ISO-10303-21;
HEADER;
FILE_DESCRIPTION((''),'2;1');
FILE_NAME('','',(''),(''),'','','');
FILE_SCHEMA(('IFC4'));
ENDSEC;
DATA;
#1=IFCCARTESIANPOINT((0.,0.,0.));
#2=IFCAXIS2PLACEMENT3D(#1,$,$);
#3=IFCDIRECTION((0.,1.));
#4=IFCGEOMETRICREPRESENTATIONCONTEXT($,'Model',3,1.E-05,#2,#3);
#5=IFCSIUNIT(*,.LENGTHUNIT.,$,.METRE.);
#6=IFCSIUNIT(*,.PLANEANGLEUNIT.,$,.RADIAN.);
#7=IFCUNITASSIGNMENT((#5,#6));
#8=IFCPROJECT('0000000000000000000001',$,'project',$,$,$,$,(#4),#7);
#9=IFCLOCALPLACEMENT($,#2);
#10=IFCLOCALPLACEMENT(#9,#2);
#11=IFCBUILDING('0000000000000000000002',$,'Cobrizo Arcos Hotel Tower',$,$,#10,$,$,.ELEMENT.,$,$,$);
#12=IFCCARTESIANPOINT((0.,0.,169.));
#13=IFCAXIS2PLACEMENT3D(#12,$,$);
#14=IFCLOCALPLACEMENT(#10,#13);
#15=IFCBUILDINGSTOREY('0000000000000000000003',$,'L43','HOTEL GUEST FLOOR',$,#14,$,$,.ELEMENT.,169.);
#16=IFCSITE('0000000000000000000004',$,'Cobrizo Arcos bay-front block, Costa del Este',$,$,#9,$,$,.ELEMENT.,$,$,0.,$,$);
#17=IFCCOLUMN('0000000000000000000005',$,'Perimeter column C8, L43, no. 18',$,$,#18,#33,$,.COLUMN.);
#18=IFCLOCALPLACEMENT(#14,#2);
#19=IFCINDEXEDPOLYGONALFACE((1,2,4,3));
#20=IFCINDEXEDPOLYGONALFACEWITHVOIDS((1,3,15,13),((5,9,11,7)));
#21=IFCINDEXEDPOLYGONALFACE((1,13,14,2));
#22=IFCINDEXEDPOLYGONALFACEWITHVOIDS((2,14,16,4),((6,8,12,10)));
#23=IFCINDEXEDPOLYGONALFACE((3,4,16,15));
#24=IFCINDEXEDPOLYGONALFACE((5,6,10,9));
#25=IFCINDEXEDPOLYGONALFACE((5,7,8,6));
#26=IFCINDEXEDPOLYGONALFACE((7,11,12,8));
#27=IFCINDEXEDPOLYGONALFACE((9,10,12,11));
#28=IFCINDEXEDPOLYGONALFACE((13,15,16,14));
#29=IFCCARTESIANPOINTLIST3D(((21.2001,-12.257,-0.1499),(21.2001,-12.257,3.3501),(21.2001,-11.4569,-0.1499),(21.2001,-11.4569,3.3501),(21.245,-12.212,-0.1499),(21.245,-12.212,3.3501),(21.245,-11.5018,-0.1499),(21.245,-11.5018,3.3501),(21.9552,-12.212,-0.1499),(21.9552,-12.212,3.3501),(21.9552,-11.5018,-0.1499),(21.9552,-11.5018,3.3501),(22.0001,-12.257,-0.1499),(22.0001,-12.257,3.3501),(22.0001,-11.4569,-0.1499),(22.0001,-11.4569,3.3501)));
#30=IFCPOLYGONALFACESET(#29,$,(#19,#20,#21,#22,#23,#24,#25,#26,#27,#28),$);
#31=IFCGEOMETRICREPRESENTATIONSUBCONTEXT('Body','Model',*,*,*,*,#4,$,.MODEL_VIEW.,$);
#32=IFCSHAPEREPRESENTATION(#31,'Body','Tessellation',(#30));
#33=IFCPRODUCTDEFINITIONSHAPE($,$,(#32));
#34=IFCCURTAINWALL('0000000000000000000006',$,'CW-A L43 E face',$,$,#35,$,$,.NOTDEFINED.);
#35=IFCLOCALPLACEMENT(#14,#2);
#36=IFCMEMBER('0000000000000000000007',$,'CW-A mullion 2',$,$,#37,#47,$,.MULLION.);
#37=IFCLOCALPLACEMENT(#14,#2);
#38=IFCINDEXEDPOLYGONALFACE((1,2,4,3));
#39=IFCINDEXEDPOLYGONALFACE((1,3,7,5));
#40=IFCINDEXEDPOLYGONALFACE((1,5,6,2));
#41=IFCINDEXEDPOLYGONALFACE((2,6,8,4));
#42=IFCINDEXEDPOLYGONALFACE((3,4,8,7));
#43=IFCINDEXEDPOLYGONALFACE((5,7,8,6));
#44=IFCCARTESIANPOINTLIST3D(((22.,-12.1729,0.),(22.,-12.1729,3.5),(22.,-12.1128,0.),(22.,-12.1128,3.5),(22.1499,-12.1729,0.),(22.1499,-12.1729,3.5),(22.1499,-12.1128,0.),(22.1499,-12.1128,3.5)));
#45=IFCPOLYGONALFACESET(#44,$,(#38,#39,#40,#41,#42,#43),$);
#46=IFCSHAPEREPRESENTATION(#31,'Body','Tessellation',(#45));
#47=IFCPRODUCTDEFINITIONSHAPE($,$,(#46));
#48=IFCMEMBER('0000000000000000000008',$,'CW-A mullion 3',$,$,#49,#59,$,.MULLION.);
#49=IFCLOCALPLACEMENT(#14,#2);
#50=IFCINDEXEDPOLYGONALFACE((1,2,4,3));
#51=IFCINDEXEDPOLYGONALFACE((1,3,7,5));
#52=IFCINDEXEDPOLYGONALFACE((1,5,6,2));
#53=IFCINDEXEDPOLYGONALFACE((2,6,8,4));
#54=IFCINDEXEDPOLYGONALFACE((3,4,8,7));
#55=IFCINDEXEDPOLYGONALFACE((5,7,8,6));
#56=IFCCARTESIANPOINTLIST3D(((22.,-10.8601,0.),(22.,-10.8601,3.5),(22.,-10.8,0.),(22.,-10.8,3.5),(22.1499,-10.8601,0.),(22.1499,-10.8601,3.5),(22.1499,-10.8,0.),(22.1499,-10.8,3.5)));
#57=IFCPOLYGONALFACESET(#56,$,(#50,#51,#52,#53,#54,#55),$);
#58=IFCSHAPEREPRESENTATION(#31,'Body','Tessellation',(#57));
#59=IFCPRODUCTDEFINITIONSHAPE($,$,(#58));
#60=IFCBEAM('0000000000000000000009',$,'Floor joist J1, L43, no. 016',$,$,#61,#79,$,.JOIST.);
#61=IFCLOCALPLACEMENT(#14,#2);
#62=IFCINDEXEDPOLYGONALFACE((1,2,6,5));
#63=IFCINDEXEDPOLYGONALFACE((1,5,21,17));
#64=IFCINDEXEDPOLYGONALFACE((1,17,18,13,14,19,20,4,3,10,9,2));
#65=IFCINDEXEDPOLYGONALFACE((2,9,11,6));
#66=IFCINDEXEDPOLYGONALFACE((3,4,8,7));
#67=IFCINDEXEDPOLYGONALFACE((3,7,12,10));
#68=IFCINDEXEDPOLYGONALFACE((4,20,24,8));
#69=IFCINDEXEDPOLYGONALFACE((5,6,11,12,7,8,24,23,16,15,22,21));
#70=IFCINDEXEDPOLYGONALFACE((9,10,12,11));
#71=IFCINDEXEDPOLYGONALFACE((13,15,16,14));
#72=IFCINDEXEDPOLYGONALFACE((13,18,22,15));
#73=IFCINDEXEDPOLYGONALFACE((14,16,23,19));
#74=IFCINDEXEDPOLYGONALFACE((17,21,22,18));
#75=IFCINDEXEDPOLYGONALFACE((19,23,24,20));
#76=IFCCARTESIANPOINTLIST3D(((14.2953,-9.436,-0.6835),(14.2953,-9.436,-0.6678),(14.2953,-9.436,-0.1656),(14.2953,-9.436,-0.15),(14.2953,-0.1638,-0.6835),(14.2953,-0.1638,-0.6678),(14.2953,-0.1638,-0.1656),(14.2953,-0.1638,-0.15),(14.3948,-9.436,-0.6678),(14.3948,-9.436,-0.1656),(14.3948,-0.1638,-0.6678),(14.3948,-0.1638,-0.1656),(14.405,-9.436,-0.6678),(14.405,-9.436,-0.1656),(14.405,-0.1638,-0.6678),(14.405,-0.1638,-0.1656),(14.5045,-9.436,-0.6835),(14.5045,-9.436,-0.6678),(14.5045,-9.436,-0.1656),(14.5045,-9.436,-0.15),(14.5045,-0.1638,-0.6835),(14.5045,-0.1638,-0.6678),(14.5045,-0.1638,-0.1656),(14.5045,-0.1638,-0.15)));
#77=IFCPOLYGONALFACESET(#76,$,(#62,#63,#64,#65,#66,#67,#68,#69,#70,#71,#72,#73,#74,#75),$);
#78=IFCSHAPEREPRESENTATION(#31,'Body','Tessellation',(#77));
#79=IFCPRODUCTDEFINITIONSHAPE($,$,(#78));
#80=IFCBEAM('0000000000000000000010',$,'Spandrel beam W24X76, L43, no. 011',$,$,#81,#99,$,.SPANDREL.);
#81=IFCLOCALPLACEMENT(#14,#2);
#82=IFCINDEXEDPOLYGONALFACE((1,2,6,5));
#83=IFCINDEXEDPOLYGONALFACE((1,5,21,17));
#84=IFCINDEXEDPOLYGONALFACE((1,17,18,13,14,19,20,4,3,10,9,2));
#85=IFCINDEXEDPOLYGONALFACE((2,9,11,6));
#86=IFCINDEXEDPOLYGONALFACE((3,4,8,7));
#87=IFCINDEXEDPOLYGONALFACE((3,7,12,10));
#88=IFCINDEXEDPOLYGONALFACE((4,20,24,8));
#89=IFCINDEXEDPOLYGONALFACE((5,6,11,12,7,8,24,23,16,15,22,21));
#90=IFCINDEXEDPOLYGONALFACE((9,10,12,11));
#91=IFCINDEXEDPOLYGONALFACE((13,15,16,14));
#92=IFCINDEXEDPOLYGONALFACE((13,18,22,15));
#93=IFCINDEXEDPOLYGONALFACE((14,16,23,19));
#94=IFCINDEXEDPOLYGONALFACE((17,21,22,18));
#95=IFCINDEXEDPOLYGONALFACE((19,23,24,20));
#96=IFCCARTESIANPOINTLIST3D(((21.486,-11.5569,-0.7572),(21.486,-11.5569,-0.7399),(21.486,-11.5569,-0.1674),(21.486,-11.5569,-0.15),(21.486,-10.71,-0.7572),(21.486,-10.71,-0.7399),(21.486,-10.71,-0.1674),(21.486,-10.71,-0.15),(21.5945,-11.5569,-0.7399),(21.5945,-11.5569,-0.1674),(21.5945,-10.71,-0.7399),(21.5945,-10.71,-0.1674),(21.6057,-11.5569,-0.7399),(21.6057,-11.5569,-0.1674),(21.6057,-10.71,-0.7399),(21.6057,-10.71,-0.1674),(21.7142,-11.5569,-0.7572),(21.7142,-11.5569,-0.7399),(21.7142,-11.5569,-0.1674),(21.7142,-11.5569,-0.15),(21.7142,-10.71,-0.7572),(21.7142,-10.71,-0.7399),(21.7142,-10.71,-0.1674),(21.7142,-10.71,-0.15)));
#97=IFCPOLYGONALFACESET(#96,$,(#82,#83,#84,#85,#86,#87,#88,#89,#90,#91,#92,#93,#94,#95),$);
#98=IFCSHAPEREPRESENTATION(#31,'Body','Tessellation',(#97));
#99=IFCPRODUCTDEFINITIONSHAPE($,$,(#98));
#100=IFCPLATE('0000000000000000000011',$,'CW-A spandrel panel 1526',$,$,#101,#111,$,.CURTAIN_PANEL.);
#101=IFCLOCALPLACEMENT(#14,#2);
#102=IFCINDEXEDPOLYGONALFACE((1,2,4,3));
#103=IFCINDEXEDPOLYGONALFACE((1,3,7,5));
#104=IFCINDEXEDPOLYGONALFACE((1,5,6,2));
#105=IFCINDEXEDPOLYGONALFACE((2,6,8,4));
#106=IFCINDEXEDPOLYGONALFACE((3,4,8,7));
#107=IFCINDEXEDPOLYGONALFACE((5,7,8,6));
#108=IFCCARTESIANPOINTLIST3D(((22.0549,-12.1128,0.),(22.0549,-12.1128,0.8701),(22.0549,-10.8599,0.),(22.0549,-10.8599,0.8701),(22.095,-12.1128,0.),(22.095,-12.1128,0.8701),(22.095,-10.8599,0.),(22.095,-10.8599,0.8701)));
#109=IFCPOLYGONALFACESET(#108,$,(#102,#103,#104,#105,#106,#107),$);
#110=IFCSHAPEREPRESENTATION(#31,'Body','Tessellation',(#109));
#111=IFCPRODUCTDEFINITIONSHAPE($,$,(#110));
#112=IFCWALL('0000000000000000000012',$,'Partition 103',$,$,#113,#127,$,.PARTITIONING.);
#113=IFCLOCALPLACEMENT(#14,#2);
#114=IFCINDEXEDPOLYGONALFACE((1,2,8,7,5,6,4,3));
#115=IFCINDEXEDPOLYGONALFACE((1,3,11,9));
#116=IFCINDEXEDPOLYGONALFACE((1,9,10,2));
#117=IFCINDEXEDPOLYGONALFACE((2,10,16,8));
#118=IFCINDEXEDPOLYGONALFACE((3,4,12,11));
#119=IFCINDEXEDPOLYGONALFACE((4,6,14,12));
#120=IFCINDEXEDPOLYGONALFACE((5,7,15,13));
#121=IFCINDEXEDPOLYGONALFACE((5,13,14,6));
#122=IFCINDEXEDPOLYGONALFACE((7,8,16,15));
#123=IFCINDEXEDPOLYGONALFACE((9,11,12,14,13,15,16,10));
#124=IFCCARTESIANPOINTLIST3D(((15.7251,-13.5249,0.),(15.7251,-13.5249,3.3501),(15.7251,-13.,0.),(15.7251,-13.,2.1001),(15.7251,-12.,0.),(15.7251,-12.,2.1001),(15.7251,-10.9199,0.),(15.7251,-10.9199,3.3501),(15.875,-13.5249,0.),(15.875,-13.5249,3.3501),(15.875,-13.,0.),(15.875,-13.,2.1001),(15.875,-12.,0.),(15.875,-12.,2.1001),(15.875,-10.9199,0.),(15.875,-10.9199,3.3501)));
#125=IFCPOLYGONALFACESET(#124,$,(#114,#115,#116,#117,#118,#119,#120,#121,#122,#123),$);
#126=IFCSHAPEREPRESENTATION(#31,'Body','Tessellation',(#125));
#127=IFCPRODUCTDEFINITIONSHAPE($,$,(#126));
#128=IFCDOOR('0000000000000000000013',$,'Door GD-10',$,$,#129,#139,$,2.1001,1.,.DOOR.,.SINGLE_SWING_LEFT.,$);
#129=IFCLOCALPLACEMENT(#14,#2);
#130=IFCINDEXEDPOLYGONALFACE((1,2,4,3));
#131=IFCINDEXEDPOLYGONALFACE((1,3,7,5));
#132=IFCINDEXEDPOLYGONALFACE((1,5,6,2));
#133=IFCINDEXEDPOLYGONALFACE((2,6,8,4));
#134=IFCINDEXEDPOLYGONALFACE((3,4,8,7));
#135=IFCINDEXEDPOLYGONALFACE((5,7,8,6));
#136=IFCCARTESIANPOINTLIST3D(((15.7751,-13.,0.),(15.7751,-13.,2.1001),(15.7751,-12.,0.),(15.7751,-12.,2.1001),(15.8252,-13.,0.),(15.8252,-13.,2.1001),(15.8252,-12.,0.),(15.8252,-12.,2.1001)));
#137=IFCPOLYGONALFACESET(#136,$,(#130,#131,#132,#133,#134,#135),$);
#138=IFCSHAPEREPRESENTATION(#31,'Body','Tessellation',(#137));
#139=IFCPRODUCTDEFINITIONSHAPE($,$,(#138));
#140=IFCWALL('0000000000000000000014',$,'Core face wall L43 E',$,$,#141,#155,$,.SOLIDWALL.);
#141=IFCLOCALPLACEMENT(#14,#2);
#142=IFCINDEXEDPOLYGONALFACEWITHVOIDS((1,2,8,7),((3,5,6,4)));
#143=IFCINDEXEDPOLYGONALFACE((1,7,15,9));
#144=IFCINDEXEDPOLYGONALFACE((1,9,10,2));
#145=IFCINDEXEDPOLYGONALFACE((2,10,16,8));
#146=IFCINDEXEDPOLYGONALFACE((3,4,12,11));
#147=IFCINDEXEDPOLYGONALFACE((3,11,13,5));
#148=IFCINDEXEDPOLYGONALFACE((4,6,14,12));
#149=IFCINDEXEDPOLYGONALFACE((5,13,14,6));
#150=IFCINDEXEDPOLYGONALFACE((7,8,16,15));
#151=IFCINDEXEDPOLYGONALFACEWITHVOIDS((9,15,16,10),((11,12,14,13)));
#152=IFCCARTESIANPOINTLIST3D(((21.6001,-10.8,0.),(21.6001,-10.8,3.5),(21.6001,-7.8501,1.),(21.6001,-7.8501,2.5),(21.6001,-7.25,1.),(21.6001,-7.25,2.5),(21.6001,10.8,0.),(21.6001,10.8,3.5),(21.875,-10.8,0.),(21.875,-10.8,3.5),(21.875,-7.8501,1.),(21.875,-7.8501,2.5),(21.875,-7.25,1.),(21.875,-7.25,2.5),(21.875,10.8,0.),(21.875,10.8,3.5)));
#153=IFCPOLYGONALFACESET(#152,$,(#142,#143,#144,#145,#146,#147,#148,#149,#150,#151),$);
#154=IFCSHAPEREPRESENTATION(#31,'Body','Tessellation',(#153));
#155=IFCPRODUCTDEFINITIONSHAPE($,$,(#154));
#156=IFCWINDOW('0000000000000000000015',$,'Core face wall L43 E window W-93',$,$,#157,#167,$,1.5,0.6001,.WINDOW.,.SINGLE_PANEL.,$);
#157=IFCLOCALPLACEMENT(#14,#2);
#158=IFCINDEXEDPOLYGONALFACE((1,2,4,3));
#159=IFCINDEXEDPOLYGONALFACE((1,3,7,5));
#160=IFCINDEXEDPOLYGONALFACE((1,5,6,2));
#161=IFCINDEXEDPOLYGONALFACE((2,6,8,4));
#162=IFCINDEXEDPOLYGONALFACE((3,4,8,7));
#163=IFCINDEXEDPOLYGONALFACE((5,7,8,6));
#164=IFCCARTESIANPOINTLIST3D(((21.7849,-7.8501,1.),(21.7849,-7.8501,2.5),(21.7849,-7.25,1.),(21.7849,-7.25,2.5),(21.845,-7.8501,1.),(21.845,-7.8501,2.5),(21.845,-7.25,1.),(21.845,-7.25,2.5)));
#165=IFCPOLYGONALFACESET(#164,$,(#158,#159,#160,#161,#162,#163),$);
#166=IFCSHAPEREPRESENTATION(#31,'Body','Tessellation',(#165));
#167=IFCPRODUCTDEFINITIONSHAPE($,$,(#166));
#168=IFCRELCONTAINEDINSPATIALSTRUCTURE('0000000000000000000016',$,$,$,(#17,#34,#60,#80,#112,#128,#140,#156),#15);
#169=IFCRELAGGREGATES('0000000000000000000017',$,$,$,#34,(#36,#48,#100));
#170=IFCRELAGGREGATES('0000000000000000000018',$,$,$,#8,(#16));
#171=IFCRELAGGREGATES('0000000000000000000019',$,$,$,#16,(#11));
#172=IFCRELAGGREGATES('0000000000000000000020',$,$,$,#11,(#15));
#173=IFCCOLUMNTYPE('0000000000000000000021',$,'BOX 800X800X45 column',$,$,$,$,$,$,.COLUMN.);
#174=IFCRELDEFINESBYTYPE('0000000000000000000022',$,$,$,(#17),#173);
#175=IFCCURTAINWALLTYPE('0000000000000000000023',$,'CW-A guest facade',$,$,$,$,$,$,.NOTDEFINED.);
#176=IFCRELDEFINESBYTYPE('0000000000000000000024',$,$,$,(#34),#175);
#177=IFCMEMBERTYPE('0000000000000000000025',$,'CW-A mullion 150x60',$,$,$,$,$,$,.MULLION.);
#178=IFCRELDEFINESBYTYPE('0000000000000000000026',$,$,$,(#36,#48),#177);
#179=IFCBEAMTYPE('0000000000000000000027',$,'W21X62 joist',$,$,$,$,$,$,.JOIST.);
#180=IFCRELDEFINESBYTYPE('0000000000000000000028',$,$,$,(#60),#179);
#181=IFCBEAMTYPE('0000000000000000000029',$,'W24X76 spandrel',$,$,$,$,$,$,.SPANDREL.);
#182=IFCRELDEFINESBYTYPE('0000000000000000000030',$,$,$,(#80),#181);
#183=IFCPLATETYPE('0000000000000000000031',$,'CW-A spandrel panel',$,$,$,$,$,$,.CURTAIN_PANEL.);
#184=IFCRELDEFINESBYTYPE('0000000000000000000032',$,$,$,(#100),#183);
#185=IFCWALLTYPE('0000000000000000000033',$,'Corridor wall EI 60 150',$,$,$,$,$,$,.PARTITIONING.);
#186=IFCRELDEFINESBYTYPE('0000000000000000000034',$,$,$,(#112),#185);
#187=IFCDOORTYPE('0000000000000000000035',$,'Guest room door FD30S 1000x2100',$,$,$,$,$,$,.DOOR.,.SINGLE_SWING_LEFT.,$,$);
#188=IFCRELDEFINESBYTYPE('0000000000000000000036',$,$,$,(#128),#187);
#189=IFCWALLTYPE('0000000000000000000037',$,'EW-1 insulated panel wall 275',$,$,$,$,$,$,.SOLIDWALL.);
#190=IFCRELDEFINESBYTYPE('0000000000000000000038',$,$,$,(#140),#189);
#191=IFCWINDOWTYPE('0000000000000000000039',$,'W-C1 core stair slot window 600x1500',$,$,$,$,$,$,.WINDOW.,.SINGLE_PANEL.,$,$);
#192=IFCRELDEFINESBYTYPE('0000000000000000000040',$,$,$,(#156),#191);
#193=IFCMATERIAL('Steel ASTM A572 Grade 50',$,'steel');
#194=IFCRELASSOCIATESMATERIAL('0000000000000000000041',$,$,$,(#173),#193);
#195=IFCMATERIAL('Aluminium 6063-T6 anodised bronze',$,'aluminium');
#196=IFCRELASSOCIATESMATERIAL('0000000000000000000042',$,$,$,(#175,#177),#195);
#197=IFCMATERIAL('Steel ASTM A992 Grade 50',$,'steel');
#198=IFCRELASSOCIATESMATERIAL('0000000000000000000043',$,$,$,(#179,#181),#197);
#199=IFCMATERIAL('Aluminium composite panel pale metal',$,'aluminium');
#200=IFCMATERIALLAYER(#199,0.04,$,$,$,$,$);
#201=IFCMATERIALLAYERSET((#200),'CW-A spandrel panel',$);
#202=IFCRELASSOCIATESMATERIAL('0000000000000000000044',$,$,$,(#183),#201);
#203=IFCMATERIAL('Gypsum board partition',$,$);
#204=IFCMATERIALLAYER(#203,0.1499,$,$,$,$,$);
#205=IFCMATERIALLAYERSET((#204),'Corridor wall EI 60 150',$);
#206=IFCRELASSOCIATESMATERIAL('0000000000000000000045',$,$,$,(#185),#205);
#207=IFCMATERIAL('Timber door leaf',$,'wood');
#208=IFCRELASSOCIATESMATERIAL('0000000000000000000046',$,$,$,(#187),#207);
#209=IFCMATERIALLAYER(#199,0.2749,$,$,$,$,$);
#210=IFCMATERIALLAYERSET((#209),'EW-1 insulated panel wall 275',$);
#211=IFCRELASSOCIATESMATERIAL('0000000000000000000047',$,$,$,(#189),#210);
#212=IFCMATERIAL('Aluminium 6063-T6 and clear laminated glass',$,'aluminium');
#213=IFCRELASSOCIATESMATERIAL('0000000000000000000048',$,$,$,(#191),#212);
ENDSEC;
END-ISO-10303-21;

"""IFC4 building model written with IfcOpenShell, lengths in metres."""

from ifc_helpers import new_model, si_unit, direction, frame, frame_2d, origin, origin_2d, place, context, subcontext, project, spatial, rectangle, hollow_rectangle, i_section, extrude, material, layer, layer_set, material_profile, profile_set, type_object, element, fill, aggregate, save


model = new_model("IFC4")

# Units and contexts
model_context = context("Model", 3, precision=1e-05, world=origin(), true_north=direction((0.0, 1.0)))
body_context = subcontext(model_context, "Body", "Model", "MODEL_VIEW")
ifc_project = project(units=[si_unit("LENGTHUNIT", "METRE"), si_unit("PLANEANGLEUNIT", "RADIAN")], contexts=[model_context])

# Site, building, storey
site_placement = place(None, origin())
site = spatial("IfcSite", under=ifc_project, at=site_placement, Name="Cobrizo Arcos bay-front block, Costa del Este", CompositionType="ELEMENT", RefElevation=0.0)
building_placement = place(site_placement, origin())
building = spatial("IfcBuilding", under=site, at=building_placement, Name="Cobrizo Arcos Hotel Tower", CompositionType="ELEMENT")
storey_placement = place(building_placement, frame((0.0, 0.0, 169.0)))
storey = spatial("IfcBuildingStorey", under=building, at=storey_placement, Name="L43", Description="HOTEL GUEST FLOOR", CompositionType="ELEMENT", Elevation=169.0)

# Column
ifc_material_1 = material(Name="Steel ASTM A572 Grade 50", Category="steel")
ifc_material_profile_1 = material_profile(ifc_material_1, hollow_rectangle(XDim=0.8, YDim=0.8, WallThickness=0.0449, at=origin_2d()), Name="BOX 800X800X45")
ifc_profile_set_1 = profile_set([ifc_material_profile_1], Name="Steel ASTM A572 Grade 50")
column_type = type_object("IfcColumnType", Name="BOX 800X800X45 column", PredefinedType="COLUMN", material=ifc_profile_set_1)
column_placement = place(storey_placement, frame((21.6001, -11.8569, -0.1499), z_axis=(0.0, 0.0, 1.0), x_axis=(1.0, 0.0, 0.0)))
element("IfcColumn", 1, at=column_placement, inside=storey, type_object=column_type, Name="Perimeter column C8, L43, no. 18", PredefinedType="COLUMN", context=body_context, shape_type="SweptSolid", body=[
    extrude(hollow_rectangle(XDim=0.8, YDim=0.8, WallThickness=0.0449, at=origin_2d()), origin(), (0.0, 0.0, 1.0), 3.5),
])

# Curtain wall, members
ifc_material_2 = material(Name="Aluminium 6063-T6 anodised bronze", Category="aluminium")
curtain_wall_type = type_object("IfcCurtainWallType", Name="CW-A guest facade", PredefinedType="NOTDEFINED", material=ifc_material_2)
curtain_wall_placement = place(storey_placement, origin())
curtain_wall = element("IfcCurtainWall", 2, at=curtain_wall_placement, inside=storey, type_object=curtain_wall_type, Name="CW-A L43 E face", PredefinedType="NOTDEFINED")
ifc_material_profile_2 = material_profile(ifc_material_2, rectangle(XDim=0.1499, YDim=0.0601, at=origin_2d()), Name="CW-A mullion 150x60")
ifc_profile_set_2 = profile_set([ifc_material_profile_2], Name="Aluminium 6063-T6 anodised bronze")
member_type = type_object("IfcMemberType", Name="CW-A mullion 150x60", PredefinedType="MULLION", material=ifc_profile_set_2)
member_1_placement = place(storey_placement, frame((22.075, -12.1428, 0.0), z_axis=(0.0, 0.0, 1.0), x_axis=(1.0, 0.0, 0.0)))
member_1 = element("IfcMember", 3, at=member_1_placement, type_object=member_type, Name="CW-A mullion 2", PredefinedType="MULLION", context=body_context, shape_type="SweptSolid", body=[
    extrude(rectangle(XDim=0.1499, YDim=0.0601, at=origin_2d()), origin(), (0.0, 0.0, 1.0), 3.5),
])
member_2_placement = place(storey_placement, frame((22.075, -10.8301, 0.0), z_axis=(0.0, 0.0, 1.0), x_axis=(1.0, 0.0, 0.0)))
member_2 = element("IfcMember", 4, at=member_2_placement, type_object=member_type, Name="CW-A mullion 3", PredefinedType="MULLION", context=body_context, shape_type="SweptSolid", body=[
    extrude(rectangle(XDim=0.1499, YDim=0.0601, at=origin_2d()), origin(), (0.0, 0.0, 1.0), 3.5),
])

# Beams
ifc_material_3 = material(Name="Steel ASTM A992 Grade 50", Category="steel")
ifc_material_profile_3 = material_profile(ifc_material_3, i_section(OverallWidth=0.2092, OverallDepth=0.5334, WebThickness=0.0103, FlangeThickness=0.0156, at=origin_2d()), Name="W21X62")
ifc_profile_set_3 = profile_set([ifc_material_profile_3], Name="Steel ASTM A992 Grade 50")
beam_type_1 = type_object("IfcBeamType", Name="W21X62 joist", PredefinedType="JOIST", material=ifc_profile_set_3)
beam_1_placement = place(storey_placement, frame((14.3999, -9.436, -0.4167), z_axis=(0.0, 1.0, 0.0), x_axis=(-1.0, 0.0, 0.0)))
element("IfcBeam", 5, at=beam_1_placement, inside=storey, type_object=beam_type_1, Name="Floor joist J1, L43, no. 016", PredefinedType="JOIST", context=body_context, shape_type="SweptSolid", body=[
    extrude(i_section(OverallWidth=0.2092, OverallDepth=0.5334, WebThickness=0.0103, FlangeThickness=0.0156, at=origin_2d()), origin(), (0.0, 0.0, 1.0), 9.2722),
])
ifc_material_profile_4 = material_profile(ifc_material_3, i_section(OverallWidth=0.2283, OverallDepth=0.6072, WebThickness=0.0112, FlangeThickness=0.0173, at=origin_2d()), Name="W24X76")
ifc_profile_set_4 = profile_set([ifc_material_profile_4], Name="Steel ASTM A992 Grade 50")
beam_type_2 = type_object("IfcBeamType", Name="W24X76 spandrel", PredefinedType="SPANDREL", material=ifc_profile_set_4)
beam_2_placement = place(storey_placement, frame((21.6001, -11.5569, -0.4536), z_axis=(0.0, 1.0, 0.0), x_axis=(-1.0, 0.0, 0.0)))
element("IfcBeam", 6, at=beam_2_placement, inside=storey, type_object=beam_type_2, Name="Spandrel beam W24X76, L43, no. 011", PredefinedType="SPANDREL", context=body_context, shape_type="SweptSolid", body=[
    extrude(i_section(OverallWidth=0.2283, OverallDepth=0.6072, WebThickness=0.0112, FlangeThickness=0.0173, at=origin_2d()), origin(), (0.0, 0.0, 1.0), 0.8469),
])

# Plate
ifc_material_4 = material(Name="Aluminium composite panel pale metal", Category="aluminium")
ifc_layer_1 = layer(ifc_material_4, 0.04)
ifc_layer_set_1 = layer_set([ifc_layer_1], Name="CW-A spandrel panel")
plate_type = type_object("IfcPlateType", Name="CW-A spandrel panel", PredefinedType="CURTAIN_PANEL", material=ifc_layer_set_1)
plate_placement = place(storey_placement, frame((22.075, -11.4863, 0.0), z_axis=(0.0, 0.0, 1.0), x_axis=(0.0, 1.0, 0.0)))
plate = element("IfcPlate", 7, at=plate_placement, type_object=plate_type, Name="CW-A spandrel panel 1526", PredefinedType="CURTAIN_PANEL", context=body_context, shape_type="SweptSolid", body=[
    extrude(rectangle(XDim=1.2529, YDim=0.04, at=origin_2d()), origin(), (0.0, 0.0, 1.0), 0.8701),
])
aggregate(curtain_wall, [member_1, member_2, plate])

# Wall, opening, door
ifc_material_5 = material(Name="Gypsum board partition")
ifc_layer_2 = layer(ifc_material_5, 0.1499)
ifc_layer_set_2 = layer_set([ifc_layer_2], Name="Corridor wall EI 60 150")
wall_type_1 = type_object("IfcWallType", Name="Corridor wall EI 60 150", PredefinedType="PARTITIONING", material=ifc_layer_set_2)
wall_1_placement = place(storey_placement, frame((15.8, -13.5249, 0.0), z_axis=(0.0, 0.0, 1.0), x_axis=(0.0, 1.0, 0.0)))
wall_1 = element("IfcWall", 8, at=wall_1_placement, inside=storey, type_object=wall_type_1, Name="Partition 103", PredefinedType="PARTITIONING", context=body_context, shape_type="SweptSolid", body=[
    extrude(rectangle(XDim=2.605, YDim=0.1499, at=frame_2d((1.3025, 0.0))), origin(), (0.0, 0.0, 1.0), 3.3501),
])
opening_1_placement = place(wall_1_placement, frame((0.5249, 0.0, 0.0)))
opening_1 = element("IfcOpeningElement", 9, at=opening_1_placement, cuts=wall_1, PredefinedType="OPENING", context=body_context, shape_type="SweptSolid", body=[
    extrude(rectangle(XDim=1.0, YDim=2.1001, at=frame_2d((0.5, 1.05))), frame((0.0, 0.0869, 0.0), z_axis=(0.0, -1.0, 0.0), x_axis=(1.0, 0.0, 0.0)), (0.0, 0.0, 1.0), 0.1738),
])
ifc_material_6 = material(Name="Timber door leaf", Category="wood")
door_type_1 = type_object("IfcDoorType", Name="Guest room door FD30S 1000x2100", OperationType="SINGLE_SWING_LEFT", PredefinedType="DOOR", material=ifc_material_6)
door_1_placement = place(opening_1_placement, origin())
door_1 = element("IfcDoor", 10, at=door_1_placement, inside=storey, type_object=door_type_1, Name="Door GD-10", OperationType="SINGLE_SWING_LEFT", OverallHeight=2.1001, OverallWidth=1.0, PredefinedType="DOOR", context=body_context, shape_type="SweptSolid", body=[
    extrude(rectangle(XDim=1.0, YDim=2.1001, at=frame_2d((0.5, 1.05))), frame((0.0, 0.0249, 0.0), z_axis=(0.0, -1.0, 0.0), x_axis=(1.0, 0.0, 0.0)), (0.0, 0.0, 1.0), 0.05),
])
fill(opening_1, door_1)

# Wall, opening, window
ifc_layer_3 = layer(ifc_material_4, 0.2749)
ifc_layer_set_3 = layer_set([ifc_layer_3], Name="EW-1 insulated panel wall 275")
wall_type_2 = type_object("IfcWallType", Name="EW-1 insulated panel wall 275", PredefinedType="SOLIDWALL", material=ifc_layer_set_3)
wall_2_placement = place(storey_placement, frame((21.7375, -10.8, 0.0), z_axis=(0.0, 0.0, 1.0), x_axis=(0.0, 1.0, 0.0)))
wall_2 = element("IfcWall", 11, at=wall_2_placement, inside=storey, type_object=wall_type_2, Name="Core face wall L43 E", PredefinedType="SOLIDWALL", context=body_context, shape_type="SweptSolid", body=[
    extrude(rectangle(XDim=21.6001, YDim=0.2749, at=frame_2d((10.8, 0.0))), origin(), (0.0, 0.0, 1.0), 3.5),
])
opening_2_placement = place(wall_2_placement, frame((2.95, 0.0, 1.0)))
opening_2 = element("IfcOpeningElement", 12, at=opening_2_placement, cuts=wall_2, PredefinedType="OPENING", context=body_context, shape_type="SweptSolid", body=[
    extrude(rectangle(XDim=0.6001, YDim=1.5, at=frame_2d((0.3, 0.75))), frame((0.0, 0.1494, 0.0), z_axis=(0.0, -1.0, 0.0), x_axis=(1.0, 0.0, 0.0)), (0.0, 0.0, 1.0), 0.2988),
])
ifc_material_7 = material(Name="Aluminium 6063-T6 and clear laminated glass", Category="aluminium")
window_type = type_object("IfcWindowType", Name="W-C1 core stair slot window 600x1500", PartitioningType="SINGLE_PANEL", PredefinedType="WINDOW", material=ifc_material_7)
window_placement = place(opening_2_placement, origin())
window = element("IfcWindow", 13, at=window_placement, inside=storey, type_object=window_type, Name="Core face wall L43 E window W-93", OverallHeight=1.5, OverallWidth=0.6001, PartitioningType="SINGLE_PANEL", PredefinedType="WINDOW", context=body_context, shape_type="SweptSolid", body=[
    extrude(rectangle(XDim=0.6001, YDim=1.5, at=frame_2d((0.3, 0.75))), frame((0.0, -0.0474, 0.0), z_axis=(0.0, -1.0, 0.0), x_axis=(1.0, 0.0, 0.0)), (0.0, 0.0, 1.0), 0.0601),
])
fill(opening_2, window)

save(model, "model.ifc")
